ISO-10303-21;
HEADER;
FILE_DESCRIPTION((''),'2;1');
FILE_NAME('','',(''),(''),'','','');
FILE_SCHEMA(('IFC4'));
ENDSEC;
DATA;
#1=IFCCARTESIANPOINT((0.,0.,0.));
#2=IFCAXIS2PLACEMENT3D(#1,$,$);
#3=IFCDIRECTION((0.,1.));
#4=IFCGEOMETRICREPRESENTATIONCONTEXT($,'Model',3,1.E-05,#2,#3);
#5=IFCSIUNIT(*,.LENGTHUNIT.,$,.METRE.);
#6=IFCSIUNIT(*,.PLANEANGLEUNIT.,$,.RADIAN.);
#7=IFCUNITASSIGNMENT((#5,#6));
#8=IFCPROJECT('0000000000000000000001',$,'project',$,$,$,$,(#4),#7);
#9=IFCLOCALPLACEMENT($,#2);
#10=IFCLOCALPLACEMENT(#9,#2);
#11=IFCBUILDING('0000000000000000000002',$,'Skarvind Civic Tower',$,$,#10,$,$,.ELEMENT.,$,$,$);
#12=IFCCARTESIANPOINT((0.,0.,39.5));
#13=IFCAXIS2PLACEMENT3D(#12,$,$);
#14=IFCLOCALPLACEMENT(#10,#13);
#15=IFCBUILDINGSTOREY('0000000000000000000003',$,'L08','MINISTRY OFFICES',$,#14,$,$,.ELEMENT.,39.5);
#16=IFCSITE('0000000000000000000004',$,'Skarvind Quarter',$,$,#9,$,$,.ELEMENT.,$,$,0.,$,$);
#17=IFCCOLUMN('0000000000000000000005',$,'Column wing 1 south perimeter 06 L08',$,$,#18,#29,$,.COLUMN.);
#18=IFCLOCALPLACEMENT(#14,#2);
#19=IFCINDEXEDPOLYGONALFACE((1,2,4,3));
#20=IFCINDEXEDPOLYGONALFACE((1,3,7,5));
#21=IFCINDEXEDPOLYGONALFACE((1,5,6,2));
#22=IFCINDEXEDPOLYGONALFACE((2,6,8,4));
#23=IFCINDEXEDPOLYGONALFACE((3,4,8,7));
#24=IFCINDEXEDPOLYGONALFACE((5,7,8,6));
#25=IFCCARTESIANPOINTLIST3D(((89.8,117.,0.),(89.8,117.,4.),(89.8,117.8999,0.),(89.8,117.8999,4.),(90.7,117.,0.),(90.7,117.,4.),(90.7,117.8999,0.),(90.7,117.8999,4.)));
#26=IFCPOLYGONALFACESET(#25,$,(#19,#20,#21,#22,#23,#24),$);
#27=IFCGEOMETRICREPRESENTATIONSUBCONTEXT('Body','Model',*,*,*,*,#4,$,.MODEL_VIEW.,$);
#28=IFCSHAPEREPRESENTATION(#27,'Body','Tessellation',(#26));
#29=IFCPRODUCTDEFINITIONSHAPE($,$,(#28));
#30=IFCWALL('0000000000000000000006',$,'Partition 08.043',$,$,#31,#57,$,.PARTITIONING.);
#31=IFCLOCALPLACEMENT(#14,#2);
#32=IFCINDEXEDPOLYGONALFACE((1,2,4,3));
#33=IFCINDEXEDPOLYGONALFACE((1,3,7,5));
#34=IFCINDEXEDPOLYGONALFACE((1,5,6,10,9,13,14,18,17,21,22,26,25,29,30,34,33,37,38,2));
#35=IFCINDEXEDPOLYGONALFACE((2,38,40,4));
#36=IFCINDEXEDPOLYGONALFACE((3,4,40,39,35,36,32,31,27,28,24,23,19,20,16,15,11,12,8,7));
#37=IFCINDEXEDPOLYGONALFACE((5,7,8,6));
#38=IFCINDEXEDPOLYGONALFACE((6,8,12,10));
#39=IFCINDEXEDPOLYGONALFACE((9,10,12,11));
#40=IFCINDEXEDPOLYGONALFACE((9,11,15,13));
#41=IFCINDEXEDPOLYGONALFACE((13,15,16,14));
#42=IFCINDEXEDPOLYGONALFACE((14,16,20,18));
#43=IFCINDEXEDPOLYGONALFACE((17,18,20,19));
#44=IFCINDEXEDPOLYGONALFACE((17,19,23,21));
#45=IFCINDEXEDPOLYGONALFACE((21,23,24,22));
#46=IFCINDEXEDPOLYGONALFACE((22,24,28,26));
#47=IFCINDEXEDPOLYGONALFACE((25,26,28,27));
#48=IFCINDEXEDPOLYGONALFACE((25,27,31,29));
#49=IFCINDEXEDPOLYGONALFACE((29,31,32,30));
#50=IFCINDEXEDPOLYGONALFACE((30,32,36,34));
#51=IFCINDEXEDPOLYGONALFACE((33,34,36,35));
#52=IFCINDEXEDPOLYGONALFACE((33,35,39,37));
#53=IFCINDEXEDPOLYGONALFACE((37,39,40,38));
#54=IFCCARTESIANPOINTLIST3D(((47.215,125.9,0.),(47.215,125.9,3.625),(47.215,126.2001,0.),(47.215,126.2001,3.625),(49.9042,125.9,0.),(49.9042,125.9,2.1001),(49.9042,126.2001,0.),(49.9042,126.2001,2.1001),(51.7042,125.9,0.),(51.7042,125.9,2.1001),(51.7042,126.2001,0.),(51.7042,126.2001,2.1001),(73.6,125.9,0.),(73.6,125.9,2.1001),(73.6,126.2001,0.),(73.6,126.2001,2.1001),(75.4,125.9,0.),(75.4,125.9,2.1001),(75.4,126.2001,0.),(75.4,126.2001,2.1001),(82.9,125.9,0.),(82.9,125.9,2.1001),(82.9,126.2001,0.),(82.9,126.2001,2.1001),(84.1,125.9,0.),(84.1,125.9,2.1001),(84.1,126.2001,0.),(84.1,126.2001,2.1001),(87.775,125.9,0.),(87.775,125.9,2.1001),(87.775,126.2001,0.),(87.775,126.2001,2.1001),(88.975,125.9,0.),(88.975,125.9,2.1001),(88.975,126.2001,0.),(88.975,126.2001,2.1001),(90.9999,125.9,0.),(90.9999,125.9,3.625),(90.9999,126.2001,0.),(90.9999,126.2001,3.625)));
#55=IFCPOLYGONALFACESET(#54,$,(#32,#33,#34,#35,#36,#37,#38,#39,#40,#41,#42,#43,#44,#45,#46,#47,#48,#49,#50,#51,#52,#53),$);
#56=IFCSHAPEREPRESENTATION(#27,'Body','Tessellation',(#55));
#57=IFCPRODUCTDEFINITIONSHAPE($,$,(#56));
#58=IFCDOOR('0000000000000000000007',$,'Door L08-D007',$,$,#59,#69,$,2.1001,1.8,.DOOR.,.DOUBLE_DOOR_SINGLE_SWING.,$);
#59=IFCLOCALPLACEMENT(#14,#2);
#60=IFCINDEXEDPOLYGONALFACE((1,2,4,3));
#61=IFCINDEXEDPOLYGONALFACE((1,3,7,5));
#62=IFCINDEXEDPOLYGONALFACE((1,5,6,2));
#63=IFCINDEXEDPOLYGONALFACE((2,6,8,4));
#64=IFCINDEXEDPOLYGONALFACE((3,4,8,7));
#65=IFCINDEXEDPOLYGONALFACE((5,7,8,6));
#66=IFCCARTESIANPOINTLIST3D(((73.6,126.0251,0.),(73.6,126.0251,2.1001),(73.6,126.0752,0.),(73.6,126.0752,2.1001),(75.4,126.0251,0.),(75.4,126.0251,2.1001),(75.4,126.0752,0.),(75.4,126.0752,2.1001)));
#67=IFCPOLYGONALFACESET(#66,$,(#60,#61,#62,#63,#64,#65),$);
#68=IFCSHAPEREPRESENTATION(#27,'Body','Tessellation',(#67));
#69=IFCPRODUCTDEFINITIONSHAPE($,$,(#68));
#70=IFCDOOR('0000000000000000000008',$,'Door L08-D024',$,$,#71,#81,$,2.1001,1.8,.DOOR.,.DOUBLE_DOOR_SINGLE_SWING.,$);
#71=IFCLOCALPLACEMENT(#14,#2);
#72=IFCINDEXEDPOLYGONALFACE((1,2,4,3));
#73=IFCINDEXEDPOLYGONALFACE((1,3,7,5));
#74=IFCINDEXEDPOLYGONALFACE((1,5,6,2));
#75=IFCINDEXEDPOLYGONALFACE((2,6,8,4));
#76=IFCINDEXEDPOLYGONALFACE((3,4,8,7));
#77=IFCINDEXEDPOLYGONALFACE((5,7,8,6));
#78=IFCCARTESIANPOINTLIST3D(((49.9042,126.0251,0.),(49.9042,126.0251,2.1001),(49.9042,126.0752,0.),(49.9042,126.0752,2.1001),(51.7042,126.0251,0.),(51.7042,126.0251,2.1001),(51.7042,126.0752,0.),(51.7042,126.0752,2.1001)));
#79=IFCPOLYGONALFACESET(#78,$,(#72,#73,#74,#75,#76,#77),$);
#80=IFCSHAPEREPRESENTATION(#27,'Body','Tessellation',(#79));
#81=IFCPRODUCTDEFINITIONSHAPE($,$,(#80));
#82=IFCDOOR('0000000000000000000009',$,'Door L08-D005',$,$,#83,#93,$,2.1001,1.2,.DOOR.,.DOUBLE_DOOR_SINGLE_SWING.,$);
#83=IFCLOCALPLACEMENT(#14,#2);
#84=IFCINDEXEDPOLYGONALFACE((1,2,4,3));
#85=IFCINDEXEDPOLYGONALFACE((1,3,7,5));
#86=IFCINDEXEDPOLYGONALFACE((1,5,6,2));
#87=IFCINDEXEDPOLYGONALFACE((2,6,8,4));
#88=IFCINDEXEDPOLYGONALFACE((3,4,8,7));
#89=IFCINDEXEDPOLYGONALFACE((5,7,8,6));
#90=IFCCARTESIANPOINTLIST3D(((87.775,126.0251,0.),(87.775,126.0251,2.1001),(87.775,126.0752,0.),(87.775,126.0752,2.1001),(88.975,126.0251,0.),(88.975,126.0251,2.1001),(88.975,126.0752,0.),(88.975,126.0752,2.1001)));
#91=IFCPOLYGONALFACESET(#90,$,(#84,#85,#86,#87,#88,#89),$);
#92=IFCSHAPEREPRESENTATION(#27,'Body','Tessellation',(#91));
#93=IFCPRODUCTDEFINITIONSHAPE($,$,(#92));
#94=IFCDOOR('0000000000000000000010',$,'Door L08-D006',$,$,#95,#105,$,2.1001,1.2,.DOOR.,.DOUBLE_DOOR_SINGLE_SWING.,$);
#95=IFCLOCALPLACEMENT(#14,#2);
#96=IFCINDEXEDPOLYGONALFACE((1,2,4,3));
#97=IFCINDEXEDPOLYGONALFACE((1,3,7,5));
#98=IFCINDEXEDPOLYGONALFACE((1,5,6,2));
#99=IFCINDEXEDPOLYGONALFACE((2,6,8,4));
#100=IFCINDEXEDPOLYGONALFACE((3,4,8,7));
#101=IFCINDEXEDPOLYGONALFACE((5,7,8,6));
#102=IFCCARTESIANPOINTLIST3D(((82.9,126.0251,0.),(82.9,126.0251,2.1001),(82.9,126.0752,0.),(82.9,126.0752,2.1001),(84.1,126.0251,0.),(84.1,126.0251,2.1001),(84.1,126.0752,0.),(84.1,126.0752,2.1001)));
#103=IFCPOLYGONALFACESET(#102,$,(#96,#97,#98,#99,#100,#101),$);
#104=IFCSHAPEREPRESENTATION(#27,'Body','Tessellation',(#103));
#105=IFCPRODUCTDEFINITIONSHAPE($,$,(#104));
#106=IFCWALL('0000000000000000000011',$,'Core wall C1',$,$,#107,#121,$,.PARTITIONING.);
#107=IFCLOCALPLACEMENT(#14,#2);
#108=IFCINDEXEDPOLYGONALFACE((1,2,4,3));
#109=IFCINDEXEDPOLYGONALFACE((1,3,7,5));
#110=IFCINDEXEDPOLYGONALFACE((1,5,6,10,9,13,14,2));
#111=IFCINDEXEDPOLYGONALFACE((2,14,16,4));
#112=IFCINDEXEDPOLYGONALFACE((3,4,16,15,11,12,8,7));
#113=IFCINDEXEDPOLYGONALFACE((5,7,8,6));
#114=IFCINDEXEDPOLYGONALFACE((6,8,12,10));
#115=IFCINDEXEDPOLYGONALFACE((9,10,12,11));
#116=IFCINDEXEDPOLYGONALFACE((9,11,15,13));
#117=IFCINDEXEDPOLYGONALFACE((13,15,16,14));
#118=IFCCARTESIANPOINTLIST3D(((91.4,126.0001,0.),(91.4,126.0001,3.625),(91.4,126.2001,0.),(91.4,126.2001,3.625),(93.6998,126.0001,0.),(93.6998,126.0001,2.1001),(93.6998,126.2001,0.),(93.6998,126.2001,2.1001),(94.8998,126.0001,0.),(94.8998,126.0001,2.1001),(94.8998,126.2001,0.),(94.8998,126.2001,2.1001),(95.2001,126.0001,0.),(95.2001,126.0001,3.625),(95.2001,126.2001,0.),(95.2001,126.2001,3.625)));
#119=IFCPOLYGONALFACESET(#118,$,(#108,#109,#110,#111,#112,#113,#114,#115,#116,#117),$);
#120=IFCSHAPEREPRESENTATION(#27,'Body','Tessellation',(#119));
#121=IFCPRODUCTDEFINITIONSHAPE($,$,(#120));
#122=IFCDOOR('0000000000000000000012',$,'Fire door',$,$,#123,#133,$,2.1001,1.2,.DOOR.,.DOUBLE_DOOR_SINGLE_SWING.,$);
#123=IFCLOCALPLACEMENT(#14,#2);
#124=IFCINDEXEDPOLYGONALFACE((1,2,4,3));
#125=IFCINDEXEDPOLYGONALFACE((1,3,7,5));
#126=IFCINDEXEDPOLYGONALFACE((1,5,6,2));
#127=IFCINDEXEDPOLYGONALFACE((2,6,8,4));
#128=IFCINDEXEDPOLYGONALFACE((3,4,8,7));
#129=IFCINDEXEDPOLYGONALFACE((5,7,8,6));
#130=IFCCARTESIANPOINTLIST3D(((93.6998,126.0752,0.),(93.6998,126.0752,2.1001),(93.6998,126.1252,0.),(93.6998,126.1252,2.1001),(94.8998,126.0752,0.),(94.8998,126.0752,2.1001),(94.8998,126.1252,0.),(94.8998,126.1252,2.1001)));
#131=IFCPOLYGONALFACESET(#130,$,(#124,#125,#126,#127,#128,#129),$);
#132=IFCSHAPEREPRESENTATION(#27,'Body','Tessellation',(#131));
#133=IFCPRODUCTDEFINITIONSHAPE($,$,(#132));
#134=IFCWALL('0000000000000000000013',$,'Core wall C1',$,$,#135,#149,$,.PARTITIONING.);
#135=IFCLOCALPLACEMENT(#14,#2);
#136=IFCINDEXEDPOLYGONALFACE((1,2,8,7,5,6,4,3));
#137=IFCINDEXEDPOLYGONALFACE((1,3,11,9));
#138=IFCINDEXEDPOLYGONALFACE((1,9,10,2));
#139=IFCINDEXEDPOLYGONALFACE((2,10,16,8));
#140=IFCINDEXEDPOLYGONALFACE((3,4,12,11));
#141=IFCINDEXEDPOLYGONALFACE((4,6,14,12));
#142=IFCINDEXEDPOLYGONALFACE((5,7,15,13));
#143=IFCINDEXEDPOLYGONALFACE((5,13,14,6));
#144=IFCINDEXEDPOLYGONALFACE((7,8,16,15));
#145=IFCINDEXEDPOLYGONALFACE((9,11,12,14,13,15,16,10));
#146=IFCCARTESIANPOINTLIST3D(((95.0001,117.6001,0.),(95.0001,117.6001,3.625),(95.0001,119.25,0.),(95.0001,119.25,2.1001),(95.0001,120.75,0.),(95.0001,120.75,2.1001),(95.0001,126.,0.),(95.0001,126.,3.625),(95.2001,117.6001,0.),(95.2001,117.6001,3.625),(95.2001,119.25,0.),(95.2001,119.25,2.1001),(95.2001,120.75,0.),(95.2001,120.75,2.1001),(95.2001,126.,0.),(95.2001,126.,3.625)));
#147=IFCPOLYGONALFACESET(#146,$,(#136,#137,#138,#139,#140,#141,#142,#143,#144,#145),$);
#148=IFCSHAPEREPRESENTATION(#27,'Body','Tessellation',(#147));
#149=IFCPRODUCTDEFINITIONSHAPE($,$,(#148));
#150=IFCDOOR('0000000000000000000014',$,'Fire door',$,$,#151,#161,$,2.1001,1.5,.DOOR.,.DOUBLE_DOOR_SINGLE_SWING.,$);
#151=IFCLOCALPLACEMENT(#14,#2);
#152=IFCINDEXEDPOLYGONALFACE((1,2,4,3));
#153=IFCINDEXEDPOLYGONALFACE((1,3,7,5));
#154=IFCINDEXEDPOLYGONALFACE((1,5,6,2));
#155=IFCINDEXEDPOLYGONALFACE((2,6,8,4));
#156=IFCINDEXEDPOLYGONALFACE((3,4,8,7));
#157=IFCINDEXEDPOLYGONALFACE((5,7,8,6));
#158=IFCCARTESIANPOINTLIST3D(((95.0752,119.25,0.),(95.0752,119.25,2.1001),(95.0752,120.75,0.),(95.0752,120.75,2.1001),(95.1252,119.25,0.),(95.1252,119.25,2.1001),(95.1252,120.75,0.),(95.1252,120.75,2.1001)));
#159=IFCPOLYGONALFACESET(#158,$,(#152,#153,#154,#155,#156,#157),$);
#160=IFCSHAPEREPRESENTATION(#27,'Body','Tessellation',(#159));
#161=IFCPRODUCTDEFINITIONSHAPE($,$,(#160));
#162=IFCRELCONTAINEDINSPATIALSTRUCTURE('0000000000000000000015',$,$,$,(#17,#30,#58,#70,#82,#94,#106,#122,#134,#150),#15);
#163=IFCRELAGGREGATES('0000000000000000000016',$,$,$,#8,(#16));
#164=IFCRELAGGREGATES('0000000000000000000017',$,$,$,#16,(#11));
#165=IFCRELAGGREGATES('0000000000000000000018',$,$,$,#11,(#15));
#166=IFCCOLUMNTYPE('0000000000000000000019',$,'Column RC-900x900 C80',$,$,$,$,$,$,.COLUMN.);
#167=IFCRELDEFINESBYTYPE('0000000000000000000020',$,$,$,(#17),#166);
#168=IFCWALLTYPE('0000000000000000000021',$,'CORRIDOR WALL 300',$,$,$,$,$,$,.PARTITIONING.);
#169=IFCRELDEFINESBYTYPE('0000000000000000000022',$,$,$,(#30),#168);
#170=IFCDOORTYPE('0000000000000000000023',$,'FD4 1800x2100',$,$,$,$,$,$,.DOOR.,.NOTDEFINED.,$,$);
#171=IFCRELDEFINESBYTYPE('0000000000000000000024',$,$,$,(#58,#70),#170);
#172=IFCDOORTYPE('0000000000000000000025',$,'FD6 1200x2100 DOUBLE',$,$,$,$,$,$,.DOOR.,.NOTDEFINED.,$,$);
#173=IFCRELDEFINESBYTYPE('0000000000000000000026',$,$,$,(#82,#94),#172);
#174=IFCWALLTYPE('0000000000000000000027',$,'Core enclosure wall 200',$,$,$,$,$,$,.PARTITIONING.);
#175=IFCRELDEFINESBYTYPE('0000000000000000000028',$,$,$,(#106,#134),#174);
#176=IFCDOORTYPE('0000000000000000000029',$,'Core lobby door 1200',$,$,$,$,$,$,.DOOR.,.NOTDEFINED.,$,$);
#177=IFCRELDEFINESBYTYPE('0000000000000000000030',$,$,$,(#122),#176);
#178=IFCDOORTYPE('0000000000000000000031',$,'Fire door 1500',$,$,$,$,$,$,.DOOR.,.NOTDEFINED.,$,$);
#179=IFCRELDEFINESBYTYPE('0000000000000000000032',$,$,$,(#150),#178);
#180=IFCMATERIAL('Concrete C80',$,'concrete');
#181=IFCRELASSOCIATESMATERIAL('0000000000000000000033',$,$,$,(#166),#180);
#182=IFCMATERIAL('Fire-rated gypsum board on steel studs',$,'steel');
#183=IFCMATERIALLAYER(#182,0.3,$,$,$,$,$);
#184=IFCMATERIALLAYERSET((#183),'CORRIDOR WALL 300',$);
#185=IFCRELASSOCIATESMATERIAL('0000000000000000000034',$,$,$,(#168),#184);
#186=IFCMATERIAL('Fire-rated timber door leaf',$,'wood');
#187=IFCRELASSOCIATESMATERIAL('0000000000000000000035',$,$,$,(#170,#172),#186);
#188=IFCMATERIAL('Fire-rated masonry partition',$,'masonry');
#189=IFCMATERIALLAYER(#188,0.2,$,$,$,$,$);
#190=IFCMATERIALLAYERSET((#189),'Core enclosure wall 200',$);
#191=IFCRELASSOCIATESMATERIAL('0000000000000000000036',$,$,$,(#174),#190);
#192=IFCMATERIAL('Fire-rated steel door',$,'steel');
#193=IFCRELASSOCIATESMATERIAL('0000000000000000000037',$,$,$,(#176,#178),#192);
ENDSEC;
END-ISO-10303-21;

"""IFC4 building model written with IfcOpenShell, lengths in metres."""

from ifc_helpers import new_model, si_unit, direction, frame, frame_2d, origin, origin_2d, place, context, subcontext, project, spatial, rectangle, extrude, material, layer, layer_set, material_profile, profile_set, type_object, element, fill, save


model = new_model("IFC4")

# Units and contexts
model_context = context("Model", 3, precision=1e-05, world=origin(), true_north=direction((0.0, 1.0)))
body_context = subcontext(model_context, "Body", "Model", "MODEL_VIEW")
ifc_project = project(units=[si_unit("LENGTHUNIT", "METRE"), si_unit("PLANEANGLEUNIT", "RADIAN")], contexts=[model_context])

# Site, building, storey
site_placement = place(None, origin())
site = spatial("IfcSite", under=ifc_project, at=site_placement, Name="Skarvind Quarter", CompositionType="ELEMENT", RefElevation=0.0)
building_placement = place(site_placement, origin())
building = spatial("IfcBuilding", under=site, at=building_placement, Name="Skarvind Civic Tower", CompositionType="ELEMENT")
storey_placement = place(building_placement, frame((0.0, 0.0, 39.5)))
storey = spatial("IfcBuildingStorey", under=building, at=storey_placement, Name="L08", Description="MINISTRY OFFICES", CompositionType="ELEMENT", Elevation=39.5)

# Column
ifc_material_1 = material(Name="Concrete C80", Category="concrete")
ifc_material_profile = material_profile(ifc_material_1, rectangle(XDim=0.8999, YDim=0.8999, at=origin_2d()), Name="RC-900x900")
ifc_profile_set = profile_set([ifc_material_profile], Name="Concrete C80")
column_type = type_object("IfcColumnType", Name="Column RC-900x900 C80", PredefinedType="COLUMN", material=ifc_profile_set)
column_placement = place(storey_placement, frame((90.25, 117.45, 0.0), z_axis=(0.0, 0.0, 1.0), x_axis=(1.0, 0.0, 0.0)))
element("IfcColumn", 1, at=column_placement, inside=storey, type_object=column_type, Name="Column wing 1 south perimeter 06 L08", PredefinedType="COLUMN", context=body_context, shape_type="SweptSolid", body=[
    extrude(rectangle(XDim=0.8999, YDim=0.8999, at=origin_2d()), origin(), (0.0, 0.0, 1.0), 4.0),
])

# Wall, openings, doors
ifc_material_2 = material(Name="Fire-rated gypsum board on steel studs", Category="steel")
ifc_layer_1 = layer(ifc_material_2, 0.3)
ifc_layer_set_1 = layer_set([ifc_layer_1], Name="CORRIDOR WALL 300")
wall_type_1 = type_object("IfcWallType", Name="CORRIDOR WALL 300", PredefinedType="PARTITIONING", material=ifc_layer_set_1)
wall_1_placement = place(storey_placement, frame((91.0, 126.05, 0.0), z_axis=(0.0, 0.0, 1.0), x_axis=(-1.0, 0.0, 0.0)))
wall_1 = element("IfcWall", 2, at=wall_1_placement, inside=storey, type_object=wall_type_1, Name="Partition 08.043", PredefinedType="PARTITIONING", context=body_context, shape_type="SweptSolid", body=[
    extrude(rectangle(XDim=43.7849, YDim=0.3, at=frame_2d((21.8926, 0.0))), origin(), (0.0, 0.0, 1.0), 3.625),
])
opening_1_placement = place(wall_1_placement, frame((2.0249, 0.0, 0.0)))
opening_1 = element("IfcOpeningElement", 3, at=opening_1_placement, cuts=wall_1, PredefinedType="OPENING", context=body_context, shape_type="SweptSolid", body=[
    extrude(rectangle(XDim=1.2, YDim=2.1001, at=frame_2d((0.6001, 1.05))), frame((0.0, 0.1599, 0.0), z_axis=(0.0, -1.0, 0.0), x_axis=(1.0, 0.0, 0.0)), (0.0, 0.0, 1.0), 0.3201),
])
opening_2_placement = place(wall_1_placement, frame((6.8999, 0.0, 0.0)))
opening_2 = element("IfcOpeningElement", 4, at=opening_2_placement, cuts=wall_1, PredefinedType="OPENING", context=body_context, shape_type="SweptSolid", body=[
    extrude(rectangle(XDim=1.2, YDim=2.1001, at=frame_2d((0.6001, 1.05))), frame((0.0, 0.1599, 0.0), z_axis=(0.0, -1.0, 0.0), x_axis=(1.0, 0.0, 0.0)), (0.0, 0.0, 1.0), 0.3201),
])
opening_3_placement = place(wall_1_placement, frame((15.6001, 0.0, 0.0)))
opening_3 = element("IfcOpeningElement", 5, at=opening_3_placement, cuts=wall_1, PredefinedType="OPENING", context=body_context, shape_type="SweptSolid", body=[
    extrude(rectangle(XDim=1.8, YDim=2.1001, at=frame_2d((0.8999, 1.05))), frame((0.0, 0.1599, 0.0), z_axis=(0.0, -1.0, 0.0), x_axis=(1.0, 0.0, 0.0)), (0.0, 0.0, 1.0), 0.3201),
])
opening_4_placement = place(wall_1_placement, frame((39.2959, 0.0, 0.0)))
opening_4 = element("IfcOpeningElement", 6, at=opening_4_placement, cuts=wall_1, PredefinedType="OPENING", context=body_context, shape_type="SweptSolid", body=[
    extrude(rectangle(XDim=1.8, YDim=2.1001, at=frame_2d((0.8999, 1.05))), frame((0.0, 0.1599, 0.0), z_axis=(0.0, -1.0, 0.0), x_axis=(1.0, 0.0, 0.0)), (0.0, 0.0, 1.0), 0.3201),
])
ifc_material_3 = material(Name="Fire-rated timber door leaf", Category="wood")
door_type_1 = type_object("IfcDoorType", Name="FD4 1800x2100", OperationType="NOTDEFINED", PredefinedType="DOOR", material=ifc_material_3)
door_1_placement = place(opening_3_placement, origin())
door_1 = element("IfcDoor", 7, at=door_1_placement, inside=storey, type_object=door_type_1, Name="Door L08-D007", OperationType="DOUBLE_DOOR_SINGLE_SWING", OverallHeight=2.1001, OverallWidth=1.8, PredefinedType="DOOR", context=body_context, shape_type="SweptSolid", body=[
    extrude(rectangle(XDim=1.8, YDim=2.1001, at=frame_2d((0.8999, 1.05))), frame((0.0, 0.0249, 0.0), z_axis=(0.0, -1.0, 0.0), x_axis=(1.0, 0.0, 0.0)), (0.0, 0.0, 1.0), 0.05),
])
fill(opening_3, door_1)
door_2_placement = place(opening_4_placement, origin())
door_2 = element("IfcDoor", 8, at=door_2_placement, inside=storey, type_object=door_type_1, Name="Door L08-D024", OperationType="DOUBLE_DOOR_SINGLE_SWING", OverallHeight=2.1001, OverallWidth=1.8, PredefinedType="DOOR", context=body_context, shape_type="SweptSolid", body=[
    extrude(rectangle(XDim=1.8, YDim=2.1001, at=frame_2d((0.8999, 1.05))), frame((0.0, 0.0249, 0.0), z_axis=(0.0, -1.0, 0.0), x_axis=(1.0, 0.0, 0.0)), (0.0, 0.0, 1.0), 0.05),
])
fill(opening_4, door_2)
door_type_2 = type_object("IfcDoorType", Name="FD6 1200x2100 DOUBLE", OperationType="NOTDEFINED", PredefinedType="DOOR", material=ifc_material_3)
door_3_placement = place(opening_1_placement, origin())
door_3 = element("IfcDoor", 9, at=door_3_placement, inside=storey, type_object=door_type_2, Name="Door L08-D005", OperationType="DOUBLE_DOOR_SINGLE_SWING", OverallHeight=2.1001, OverallWidth=1.2, PredefinedType="DOOR", context=body_context, shape_type="SweptSolid", body=[
    extrude(rectangle(XDim=1.2, YDim=2.1001, at=frame_2d((0.6001, 1.05))), frame((0.0, 0.0249, 0.0), z_axis=(0.0, -1.0, 0.0), x_axis=(1.0, 0.0, 0.0)), (0.0, 0.0, 1.0), 0.05),
])
fill(opening_1, door_3)
door_4_placement = place(opening_2_placement, origin())
door_4 = element("IfcDoor", 10, at=door_4_placement, inside=storey, type_object=door_type_2, Name="Door L08-D006", OperationType="DOUBLE_DOOR_SINGLE_SWING", OverallHeight=2.1001, OverallWidth=1.2, PredefinedType="DOOR", context=body_context, shape_type="SweptSolid", body=[
    extrude(rectangle(XDim=1.2, YDim=2.1001, at=frame_2d((0.6001, 1.05))), frame((0.0, 0.0249, 0.0), z_axis=(0.0, -1.0, 0.0), x_axis=(1.0, 0.0, 0.0)), (0.0, 0.0, 1.0), 0.05),
])
fill(opening_2, door_4)

# Walls, openings, doors
ifc_material_4 = material(Name="Fire-rated masonry partition", Category="masonry")
ifc_layer_2 = layer(ifc_material_4, 0.2)
ifc_layer_set_2 = layer_set([ifc_layer_2], Name="Core enclosure wall 200")
wall_type_2 = type_object("IfcWallType", Name="Core enclosure wall 200", PredefinedType="PARTITIONING", material=ifc_layer_set_2)
wall_2_placement = place(storey_placement, frame((95.2, 126.1001, 0.0), z_axis=(0.0, 0.0, 1.0), x_axis=(-1.0, 0.0, 0.0)))
wall_2 = element("IfcWall", 11, at=wall_2_placement, inside=storey, type_object=wall_type_2, Name="Core wall C1", PredefinedType="PARTITIONING", context=body_context, shape_type="SweptSolid", body=[
    extrude(rectangle(XDim=3.8, YDim=0.2, at=frame_2d((1.8999, 0.0))), origin(), (0.0, 0.0, 1.0), 3.625),
])
opening_5_placement = place(wall_2_placement, frame((0.3, 0.0, 0.0)))
opening_5 = element("IfcOpeningElement", 12, at=opening_5_placement, cuts=wall_2, PredefinedType="OPENING", context=body_context, shape_type="SweptSolid", body=[
    extrude(rectangle(XDim=1.2, YDim=2.1001, at=frame_2d((0.6001, 1.05))), frame((0.0, 0.1099, 0.0), z_axis=(0.0, -1.0, 0.0), x_axis=(1.0, 0.0, 0.0)), (0.0, 0.0, 1.0), 0.22),
])
ifc_material_5 = material(Name="Fire-rated steel door", Category="steel")
door_type_3 = type_object("IfcDoorType", Name="Core lobby door 1200", OperationType="NOTDEFINED", PredefinedType="DOOR", material=ifc_material_5)
door_5_placement = place(opening_5_placement, origin())
door_5 = element("IfcDoor", 13, at=door_5_placement, inside=storey, type_object=door_type_3, Name="Fire door", OperationType="DOUBLE_DOOR_SINGLE_SWING", OverallHeight=2.1001, OverallWidth=1.2, PredefinedType="DOOR", context=body_context, shape_type="SweptSolid", body=[
    extrude(rectangle(XDim=1.2, YDim=2.1001, at=frame_2d((0.6001, 1.05))), frame((0.0, 0.0249, 0.0), z_axis=(0.0, -1.0, 0.0), x_axis=(1.0, 0.0, 0.0)), (0.0, 0.0, 1.0), 0.05),
])
fill(opening_5, door_5)
wall_3_placement = place(storey_placement, frame((95.1001, 117.6001, 0.0), z_axis=(0.0, 0.0, 1.0), x_axis=(0.0, 1.0, 0.0)))
wall_3 = element("IfcWall", 14, at=wall_3_placement, inside=storey, type_object=wall_type_2, Name="Core wall C1", PredefinedType="PARTITIONING", context=body_context, shape_type="SweptSolid", body=[
    extrude(rectangle(XDim=8.3999, YDim=0.2, at=frame_2d((4.2, 0.0))), origin(), (0.0, 0.0, 1.0), 3.625),
])
opening_6_placement = place(wall_3_placement, frame((1.6499, 0.0, 0.0)))
opening_6 = element("IfcOpeningElement", 15, at=opening_6_placement, cuts=wall_3, PredefinedType="OPENING", context=body_context, shape_type="SweptSolid", body=[
    extrude(rectangle(XDim=1.5, YDim=2.1001, at=frame_2d((0.75, 1.05))), frame((0.0, 0.1099, 0.0), z_axis=(0.0, -1.0, 0.0), x_axis=(1.0, 0.0, 0.0)), (0.0, 0.0, 1.0), 0.22),
])
door_type_4 = type_object("IfcDoorType", Name="Fire door 1500", OperationType="NOTDEFINED", PredefinedType="DOOR", material=ifc_material_5)
door_6_placement = place(opening_6_placement, origin())
door_6 = element("IfcDoor", 16, at=door_6_placement, inside=storey, type_object=door_type_4, Name="Fire door", OperationType="DOUBLE_DOOR_SINGLE_SWING", OverallHeight=2.1001, OverallWidth=1.5, PredefinedType="DOOR", context=body_context, shape_type="SweptSolid", body=[
    extrude(rectangle(XDim=1.5, YDim=2.1001, at=frame_2d((0.75, 1.05))), frame((0.0, 0.0249, 0.0), z_axis=(0.0, -1.0, 0.0), x_axis=(1.0, 0.0, 0.0)), (0.0, 0.0, 1.0), 0.05),
])
fill(opening_6, door_6)

save(model, "model.ifc")
